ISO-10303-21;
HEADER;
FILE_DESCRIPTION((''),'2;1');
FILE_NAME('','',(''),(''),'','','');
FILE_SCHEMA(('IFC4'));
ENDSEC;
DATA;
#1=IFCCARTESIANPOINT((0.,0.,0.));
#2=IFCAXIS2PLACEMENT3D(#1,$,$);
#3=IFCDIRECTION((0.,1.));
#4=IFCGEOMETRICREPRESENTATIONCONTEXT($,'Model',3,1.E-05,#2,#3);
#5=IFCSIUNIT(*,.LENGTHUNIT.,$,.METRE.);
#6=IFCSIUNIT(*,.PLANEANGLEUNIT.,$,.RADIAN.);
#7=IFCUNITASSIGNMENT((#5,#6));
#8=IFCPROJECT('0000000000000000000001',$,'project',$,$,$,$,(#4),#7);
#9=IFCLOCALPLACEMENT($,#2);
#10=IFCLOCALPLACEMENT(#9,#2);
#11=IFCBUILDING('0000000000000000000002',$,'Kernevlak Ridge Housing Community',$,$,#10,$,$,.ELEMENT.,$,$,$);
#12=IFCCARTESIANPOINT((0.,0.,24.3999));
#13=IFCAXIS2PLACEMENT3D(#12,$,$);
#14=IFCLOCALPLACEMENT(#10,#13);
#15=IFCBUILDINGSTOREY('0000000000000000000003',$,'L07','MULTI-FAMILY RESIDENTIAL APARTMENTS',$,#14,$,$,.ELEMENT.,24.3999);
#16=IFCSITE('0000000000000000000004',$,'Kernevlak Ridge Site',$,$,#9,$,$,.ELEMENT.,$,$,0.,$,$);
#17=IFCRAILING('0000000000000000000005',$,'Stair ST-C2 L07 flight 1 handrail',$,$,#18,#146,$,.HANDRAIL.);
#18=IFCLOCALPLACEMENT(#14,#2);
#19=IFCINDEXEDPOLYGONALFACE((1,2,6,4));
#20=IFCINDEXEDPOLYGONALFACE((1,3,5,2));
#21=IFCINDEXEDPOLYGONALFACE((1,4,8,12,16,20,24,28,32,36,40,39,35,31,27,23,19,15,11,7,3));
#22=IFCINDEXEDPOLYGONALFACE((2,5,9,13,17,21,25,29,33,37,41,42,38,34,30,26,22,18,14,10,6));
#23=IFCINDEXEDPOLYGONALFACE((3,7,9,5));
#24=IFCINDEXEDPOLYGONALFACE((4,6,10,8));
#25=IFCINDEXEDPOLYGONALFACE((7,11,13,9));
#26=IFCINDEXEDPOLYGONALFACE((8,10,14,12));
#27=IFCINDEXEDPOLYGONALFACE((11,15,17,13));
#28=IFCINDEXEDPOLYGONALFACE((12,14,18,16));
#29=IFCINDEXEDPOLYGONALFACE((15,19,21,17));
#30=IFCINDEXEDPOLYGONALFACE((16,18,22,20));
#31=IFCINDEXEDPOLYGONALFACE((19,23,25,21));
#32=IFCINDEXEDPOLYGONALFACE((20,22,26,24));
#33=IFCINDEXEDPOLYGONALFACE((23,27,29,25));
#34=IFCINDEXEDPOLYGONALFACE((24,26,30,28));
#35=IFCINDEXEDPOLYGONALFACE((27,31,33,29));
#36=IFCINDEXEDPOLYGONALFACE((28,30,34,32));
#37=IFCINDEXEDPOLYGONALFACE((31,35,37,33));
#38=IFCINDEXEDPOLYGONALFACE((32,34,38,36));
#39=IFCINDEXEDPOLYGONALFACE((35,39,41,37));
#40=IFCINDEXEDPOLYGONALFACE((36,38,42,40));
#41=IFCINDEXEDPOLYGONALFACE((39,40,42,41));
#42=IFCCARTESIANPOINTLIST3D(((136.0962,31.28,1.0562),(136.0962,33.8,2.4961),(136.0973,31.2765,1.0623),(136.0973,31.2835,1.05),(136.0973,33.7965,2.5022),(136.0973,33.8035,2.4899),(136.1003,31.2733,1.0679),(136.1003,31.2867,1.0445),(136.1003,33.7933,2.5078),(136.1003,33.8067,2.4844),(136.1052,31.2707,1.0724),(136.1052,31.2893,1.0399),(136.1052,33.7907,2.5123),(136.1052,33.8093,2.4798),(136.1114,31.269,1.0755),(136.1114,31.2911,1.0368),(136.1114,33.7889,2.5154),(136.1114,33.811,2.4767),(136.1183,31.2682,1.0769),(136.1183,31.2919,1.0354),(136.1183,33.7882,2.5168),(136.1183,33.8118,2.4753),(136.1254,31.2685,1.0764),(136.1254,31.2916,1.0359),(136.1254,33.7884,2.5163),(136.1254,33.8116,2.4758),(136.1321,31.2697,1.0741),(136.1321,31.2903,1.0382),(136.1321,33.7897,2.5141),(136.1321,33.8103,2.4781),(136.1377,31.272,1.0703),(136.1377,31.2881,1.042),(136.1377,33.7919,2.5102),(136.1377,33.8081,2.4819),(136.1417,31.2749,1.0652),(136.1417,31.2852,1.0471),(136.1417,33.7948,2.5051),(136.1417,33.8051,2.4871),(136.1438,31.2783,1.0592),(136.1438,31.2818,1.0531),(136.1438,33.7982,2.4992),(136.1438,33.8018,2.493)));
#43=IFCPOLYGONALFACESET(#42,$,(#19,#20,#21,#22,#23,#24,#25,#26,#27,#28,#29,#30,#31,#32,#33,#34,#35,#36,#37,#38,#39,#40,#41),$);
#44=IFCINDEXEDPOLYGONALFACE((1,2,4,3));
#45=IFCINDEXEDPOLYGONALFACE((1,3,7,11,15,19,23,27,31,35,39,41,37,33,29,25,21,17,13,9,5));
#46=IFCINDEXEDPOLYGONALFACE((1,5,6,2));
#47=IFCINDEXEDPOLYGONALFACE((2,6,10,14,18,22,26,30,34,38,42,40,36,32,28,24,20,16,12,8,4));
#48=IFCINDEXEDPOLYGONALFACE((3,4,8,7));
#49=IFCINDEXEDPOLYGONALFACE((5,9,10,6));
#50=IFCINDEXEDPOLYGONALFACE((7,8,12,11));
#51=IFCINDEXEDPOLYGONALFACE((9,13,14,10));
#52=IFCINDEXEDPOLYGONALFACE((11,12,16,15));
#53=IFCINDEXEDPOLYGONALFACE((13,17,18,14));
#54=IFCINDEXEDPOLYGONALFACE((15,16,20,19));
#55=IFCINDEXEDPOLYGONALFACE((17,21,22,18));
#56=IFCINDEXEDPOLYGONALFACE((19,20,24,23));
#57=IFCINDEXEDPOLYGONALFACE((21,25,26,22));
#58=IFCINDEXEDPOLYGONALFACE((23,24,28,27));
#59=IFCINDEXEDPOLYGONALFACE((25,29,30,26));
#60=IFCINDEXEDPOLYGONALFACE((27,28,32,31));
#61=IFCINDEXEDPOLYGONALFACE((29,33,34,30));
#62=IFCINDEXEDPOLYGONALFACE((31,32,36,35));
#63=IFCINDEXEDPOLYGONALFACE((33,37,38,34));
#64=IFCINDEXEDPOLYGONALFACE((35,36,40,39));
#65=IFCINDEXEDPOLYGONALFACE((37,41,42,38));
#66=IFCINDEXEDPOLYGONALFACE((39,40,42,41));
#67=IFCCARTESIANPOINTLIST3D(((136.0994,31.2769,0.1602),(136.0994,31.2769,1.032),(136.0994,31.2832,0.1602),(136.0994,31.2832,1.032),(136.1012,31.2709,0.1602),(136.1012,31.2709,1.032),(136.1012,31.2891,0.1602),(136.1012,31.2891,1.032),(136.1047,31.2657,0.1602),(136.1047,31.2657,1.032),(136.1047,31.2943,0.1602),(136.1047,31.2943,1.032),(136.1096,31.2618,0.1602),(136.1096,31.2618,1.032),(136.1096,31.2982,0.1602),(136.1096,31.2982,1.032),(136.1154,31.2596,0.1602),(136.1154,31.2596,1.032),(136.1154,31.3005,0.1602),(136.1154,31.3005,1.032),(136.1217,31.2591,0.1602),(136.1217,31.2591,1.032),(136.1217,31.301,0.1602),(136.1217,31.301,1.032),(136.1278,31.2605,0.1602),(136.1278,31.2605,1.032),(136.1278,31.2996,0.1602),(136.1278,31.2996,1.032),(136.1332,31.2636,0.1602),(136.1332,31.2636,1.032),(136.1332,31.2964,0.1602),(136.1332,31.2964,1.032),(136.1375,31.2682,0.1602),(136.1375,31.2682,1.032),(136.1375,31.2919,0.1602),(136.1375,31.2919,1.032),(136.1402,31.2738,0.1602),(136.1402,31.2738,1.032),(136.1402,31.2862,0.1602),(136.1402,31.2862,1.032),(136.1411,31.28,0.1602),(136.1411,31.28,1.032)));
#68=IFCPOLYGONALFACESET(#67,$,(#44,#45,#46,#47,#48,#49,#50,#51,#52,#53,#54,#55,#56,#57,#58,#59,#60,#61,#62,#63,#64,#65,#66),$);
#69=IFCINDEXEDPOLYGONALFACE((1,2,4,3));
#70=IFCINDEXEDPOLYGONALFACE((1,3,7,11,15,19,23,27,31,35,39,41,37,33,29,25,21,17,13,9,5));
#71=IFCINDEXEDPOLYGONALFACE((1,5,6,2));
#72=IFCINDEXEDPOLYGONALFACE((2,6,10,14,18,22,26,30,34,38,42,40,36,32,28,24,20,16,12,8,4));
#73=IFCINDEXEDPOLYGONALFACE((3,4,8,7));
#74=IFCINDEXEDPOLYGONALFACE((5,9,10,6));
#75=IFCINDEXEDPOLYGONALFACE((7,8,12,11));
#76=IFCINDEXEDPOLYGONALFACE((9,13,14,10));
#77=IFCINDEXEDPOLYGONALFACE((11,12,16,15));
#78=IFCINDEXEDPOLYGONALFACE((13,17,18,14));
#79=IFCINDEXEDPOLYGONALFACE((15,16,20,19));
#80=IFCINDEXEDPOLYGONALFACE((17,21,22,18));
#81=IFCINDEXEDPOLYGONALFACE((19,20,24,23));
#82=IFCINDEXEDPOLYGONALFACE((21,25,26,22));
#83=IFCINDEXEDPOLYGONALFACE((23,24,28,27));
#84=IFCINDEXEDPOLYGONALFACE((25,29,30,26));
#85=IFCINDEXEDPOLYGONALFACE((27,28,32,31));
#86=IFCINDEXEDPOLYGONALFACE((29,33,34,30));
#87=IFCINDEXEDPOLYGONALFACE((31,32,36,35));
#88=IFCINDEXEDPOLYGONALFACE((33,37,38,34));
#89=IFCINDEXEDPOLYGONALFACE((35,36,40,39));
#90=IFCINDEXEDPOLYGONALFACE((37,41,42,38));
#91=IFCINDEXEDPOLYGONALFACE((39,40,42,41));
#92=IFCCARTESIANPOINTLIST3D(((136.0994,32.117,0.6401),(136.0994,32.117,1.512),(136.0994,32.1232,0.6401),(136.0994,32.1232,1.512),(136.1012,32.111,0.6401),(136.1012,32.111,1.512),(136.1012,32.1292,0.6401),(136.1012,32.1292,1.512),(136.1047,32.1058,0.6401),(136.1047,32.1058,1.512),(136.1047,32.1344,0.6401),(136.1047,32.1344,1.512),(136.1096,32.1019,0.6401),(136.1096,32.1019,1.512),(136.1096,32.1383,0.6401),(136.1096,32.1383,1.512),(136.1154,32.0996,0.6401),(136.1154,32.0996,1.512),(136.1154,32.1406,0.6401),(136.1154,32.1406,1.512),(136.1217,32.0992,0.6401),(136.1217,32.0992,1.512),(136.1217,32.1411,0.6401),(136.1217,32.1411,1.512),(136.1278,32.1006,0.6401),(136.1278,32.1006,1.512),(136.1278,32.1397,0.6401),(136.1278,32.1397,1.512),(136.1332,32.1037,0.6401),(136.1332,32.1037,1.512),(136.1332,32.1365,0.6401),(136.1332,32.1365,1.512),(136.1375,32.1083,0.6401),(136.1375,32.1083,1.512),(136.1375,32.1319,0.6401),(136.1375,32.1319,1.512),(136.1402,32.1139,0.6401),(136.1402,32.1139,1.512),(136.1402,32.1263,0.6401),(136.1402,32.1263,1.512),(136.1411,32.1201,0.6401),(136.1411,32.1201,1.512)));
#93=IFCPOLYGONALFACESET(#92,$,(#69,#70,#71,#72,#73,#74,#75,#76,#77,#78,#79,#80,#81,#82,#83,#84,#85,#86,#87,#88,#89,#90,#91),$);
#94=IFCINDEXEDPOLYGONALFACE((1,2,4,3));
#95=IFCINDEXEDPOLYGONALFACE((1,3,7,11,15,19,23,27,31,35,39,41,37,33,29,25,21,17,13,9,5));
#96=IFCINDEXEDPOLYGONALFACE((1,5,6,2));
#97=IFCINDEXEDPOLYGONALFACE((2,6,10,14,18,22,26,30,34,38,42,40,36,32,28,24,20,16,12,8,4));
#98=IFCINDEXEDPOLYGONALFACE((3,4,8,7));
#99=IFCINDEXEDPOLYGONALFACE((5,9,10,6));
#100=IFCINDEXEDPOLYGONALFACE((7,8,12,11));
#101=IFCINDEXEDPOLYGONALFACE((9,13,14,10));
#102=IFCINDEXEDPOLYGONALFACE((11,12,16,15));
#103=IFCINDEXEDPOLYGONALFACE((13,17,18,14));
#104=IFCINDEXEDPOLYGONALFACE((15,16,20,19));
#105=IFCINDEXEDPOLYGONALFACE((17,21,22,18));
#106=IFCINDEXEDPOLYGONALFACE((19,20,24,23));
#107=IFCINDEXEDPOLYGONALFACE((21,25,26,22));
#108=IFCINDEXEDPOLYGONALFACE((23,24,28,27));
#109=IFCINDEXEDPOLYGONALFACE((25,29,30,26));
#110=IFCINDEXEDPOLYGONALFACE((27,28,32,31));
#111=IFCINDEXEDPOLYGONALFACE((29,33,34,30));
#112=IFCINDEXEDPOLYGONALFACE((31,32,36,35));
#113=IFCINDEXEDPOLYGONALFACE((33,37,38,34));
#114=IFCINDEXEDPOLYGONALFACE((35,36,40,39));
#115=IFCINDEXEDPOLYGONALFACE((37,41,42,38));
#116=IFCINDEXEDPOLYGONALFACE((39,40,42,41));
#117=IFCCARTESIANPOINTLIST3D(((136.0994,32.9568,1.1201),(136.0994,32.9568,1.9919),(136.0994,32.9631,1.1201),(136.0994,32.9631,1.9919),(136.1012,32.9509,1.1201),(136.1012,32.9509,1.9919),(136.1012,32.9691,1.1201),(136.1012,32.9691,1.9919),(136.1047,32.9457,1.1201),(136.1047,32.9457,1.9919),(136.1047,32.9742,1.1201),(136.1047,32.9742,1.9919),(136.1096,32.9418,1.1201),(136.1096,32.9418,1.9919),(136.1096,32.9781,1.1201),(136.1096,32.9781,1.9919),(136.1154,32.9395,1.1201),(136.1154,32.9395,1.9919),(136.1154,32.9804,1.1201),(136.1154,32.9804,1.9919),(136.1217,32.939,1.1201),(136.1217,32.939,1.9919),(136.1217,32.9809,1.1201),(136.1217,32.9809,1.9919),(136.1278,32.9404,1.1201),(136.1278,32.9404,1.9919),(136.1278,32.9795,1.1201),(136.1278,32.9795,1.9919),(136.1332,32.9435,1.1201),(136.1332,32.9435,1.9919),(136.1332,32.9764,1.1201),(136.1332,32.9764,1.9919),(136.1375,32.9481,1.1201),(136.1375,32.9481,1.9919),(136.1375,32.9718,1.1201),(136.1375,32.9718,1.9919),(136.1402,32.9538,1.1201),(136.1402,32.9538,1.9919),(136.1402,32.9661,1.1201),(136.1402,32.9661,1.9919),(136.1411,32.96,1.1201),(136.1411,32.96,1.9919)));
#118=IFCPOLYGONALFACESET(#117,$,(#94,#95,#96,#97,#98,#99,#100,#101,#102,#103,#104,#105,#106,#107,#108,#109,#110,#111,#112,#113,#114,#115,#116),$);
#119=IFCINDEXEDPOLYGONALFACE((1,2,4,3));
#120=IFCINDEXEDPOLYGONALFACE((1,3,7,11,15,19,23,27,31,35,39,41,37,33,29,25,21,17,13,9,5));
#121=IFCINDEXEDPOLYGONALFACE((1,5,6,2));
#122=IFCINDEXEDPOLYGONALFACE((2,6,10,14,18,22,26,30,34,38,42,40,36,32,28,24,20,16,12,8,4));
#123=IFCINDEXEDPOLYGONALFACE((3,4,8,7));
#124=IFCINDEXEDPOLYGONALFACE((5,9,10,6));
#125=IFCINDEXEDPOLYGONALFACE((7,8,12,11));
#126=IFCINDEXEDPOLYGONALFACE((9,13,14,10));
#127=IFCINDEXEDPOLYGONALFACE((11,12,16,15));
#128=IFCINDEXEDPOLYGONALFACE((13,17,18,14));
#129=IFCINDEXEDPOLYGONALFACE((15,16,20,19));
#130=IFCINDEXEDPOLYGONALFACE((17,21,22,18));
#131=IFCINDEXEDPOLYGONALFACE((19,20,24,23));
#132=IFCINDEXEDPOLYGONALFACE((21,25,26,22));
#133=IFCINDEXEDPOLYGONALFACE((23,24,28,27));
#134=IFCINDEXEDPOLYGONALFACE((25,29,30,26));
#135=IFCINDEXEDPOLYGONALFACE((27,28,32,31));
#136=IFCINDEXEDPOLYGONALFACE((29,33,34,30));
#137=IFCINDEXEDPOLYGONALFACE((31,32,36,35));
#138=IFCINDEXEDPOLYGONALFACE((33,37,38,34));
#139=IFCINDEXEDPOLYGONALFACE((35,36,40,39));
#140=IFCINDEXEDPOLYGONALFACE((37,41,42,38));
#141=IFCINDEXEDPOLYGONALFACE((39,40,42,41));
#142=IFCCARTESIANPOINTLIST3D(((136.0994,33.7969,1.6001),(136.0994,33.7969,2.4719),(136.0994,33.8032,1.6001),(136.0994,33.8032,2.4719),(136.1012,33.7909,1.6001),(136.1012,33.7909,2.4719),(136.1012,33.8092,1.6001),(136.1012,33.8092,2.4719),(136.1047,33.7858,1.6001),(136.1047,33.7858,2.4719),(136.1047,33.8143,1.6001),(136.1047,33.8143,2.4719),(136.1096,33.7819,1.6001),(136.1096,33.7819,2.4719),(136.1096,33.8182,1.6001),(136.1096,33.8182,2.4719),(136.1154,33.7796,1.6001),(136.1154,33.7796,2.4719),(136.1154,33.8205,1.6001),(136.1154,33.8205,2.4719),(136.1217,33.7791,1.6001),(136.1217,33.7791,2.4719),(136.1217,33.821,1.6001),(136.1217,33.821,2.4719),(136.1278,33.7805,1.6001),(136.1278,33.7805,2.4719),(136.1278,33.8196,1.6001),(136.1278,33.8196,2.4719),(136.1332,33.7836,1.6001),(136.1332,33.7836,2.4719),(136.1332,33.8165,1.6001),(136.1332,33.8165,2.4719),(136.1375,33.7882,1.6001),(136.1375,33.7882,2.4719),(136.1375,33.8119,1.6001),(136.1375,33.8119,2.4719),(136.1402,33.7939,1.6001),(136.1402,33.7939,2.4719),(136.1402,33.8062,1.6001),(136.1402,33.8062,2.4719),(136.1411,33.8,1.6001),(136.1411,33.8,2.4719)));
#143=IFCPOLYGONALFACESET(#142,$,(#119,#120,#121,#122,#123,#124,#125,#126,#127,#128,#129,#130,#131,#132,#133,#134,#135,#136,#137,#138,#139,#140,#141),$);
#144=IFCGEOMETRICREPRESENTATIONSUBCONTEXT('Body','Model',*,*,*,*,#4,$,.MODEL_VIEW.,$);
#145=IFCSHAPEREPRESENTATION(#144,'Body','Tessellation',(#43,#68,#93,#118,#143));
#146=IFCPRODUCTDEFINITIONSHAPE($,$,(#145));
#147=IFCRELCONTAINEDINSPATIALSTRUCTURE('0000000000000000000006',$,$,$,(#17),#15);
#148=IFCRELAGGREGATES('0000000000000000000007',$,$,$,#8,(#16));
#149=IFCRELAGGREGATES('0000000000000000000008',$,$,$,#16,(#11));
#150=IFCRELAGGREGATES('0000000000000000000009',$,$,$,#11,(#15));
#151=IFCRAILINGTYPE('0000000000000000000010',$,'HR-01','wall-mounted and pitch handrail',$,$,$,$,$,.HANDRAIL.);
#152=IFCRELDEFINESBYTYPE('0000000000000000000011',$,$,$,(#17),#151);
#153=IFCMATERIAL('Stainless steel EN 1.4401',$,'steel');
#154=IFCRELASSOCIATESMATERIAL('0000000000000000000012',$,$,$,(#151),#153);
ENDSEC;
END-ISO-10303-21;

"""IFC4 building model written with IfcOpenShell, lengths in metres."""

from ifc_helpers import new_model, si_unit, direction, frame, origin, origin_2d, place, context, subcontext, project, spatial, circle, extrude, material, type_object, element, save


model = new_model("IFC4")

# Units and contexts
model_context = context("Model", 3, precision=1e-05, world=origin(), true_north=direction((0.0, 1.0)))
body_context = subcontext(model_context, "Body", "Model", "MODEL_VIEW")
ifc_project = project(units=[si_unit("LENGTHUNIT", "METRE"), si_unit("PLANEANGLEUNIT", "RADIAN")], contexts=[model_context])

# Site, building, storey
site_placement = place(None, origin())
site = spatial("IfcSite", under=ifc_project, at=site_placement, Name="Kernevlak Ridge Site", CompositionType="ELEMENT", RefElevation=0.0)
building_placement = place(site_placement, origin())
building = spatial("IfcBuilding", under=site, at=building_placement, Name="Kernevlak Ridge Housing Community", CompositionType="ELEMENT")
storey_placement = place(building_placement, frame((0.0, 0.0, 24.3999)))
storey = spatial("IfcBuildingStorey", under=building, at=storey_placement, Name="L07", Description="MULTI-FAMILY RESIDENTIAL APARTMENTS", CompositionType="ELEMENT", Elevation=24.3999)

# Railing
ifc_material_1 = material(Name="Stainless steel EN 1.4401", Category="steel")
railing_type_1 = type_object("IfcRailingType", Name="HR-01", Description="wall-mounted and pitch handrail", PredefinedType="HANDRAIL", material=ifc_material_1)
railing_1_placement = place(storey_placement, frame((136.1201, 31.28, 0.1602)))
element("IfcRailing", 1, at=railing_1_placement, inside=storey, type_object=railing_type_1, Name="Stair ST-C2 L07 flight 1 handrail", PredefinedType="HANDRAIL", context=body_context, shape_type="SweptSolid", body=[
    extrude(circle(Radius=0.0239, at=origin_2d()), frame((0.0, 0.0, 0.896), z_axis=(0.0, 0.868253, 0.496121), x_axis=(-1.0, 0.0, 0.0)), (0.0, 0.0, 1.0), 2.9023),
    extrude(circle(Radius=0.021, at=origin_2d()), origin(), (0.0, 0.0, 1.0), 0.8718),
    extrude(circle(Radius=0.021, at=origin_2d()), frame((0.0, 0.8401, 0.48)), (0.0, 0.0, 1.0), 0.8718),
    extrude(circle(Radius=0.021, at=origin_2d()), frame((0.0, 1.6799, 0.96)), (0.0, 0.0, 1.0), 0.8718),
    extrude(circle(Radius=0.021, at=origin_2d()), frame((0.0, 2.52, 1.4399)), (0.0, 0.0, 1.0), 0.8718),
])

save(model, "model.ifc")
